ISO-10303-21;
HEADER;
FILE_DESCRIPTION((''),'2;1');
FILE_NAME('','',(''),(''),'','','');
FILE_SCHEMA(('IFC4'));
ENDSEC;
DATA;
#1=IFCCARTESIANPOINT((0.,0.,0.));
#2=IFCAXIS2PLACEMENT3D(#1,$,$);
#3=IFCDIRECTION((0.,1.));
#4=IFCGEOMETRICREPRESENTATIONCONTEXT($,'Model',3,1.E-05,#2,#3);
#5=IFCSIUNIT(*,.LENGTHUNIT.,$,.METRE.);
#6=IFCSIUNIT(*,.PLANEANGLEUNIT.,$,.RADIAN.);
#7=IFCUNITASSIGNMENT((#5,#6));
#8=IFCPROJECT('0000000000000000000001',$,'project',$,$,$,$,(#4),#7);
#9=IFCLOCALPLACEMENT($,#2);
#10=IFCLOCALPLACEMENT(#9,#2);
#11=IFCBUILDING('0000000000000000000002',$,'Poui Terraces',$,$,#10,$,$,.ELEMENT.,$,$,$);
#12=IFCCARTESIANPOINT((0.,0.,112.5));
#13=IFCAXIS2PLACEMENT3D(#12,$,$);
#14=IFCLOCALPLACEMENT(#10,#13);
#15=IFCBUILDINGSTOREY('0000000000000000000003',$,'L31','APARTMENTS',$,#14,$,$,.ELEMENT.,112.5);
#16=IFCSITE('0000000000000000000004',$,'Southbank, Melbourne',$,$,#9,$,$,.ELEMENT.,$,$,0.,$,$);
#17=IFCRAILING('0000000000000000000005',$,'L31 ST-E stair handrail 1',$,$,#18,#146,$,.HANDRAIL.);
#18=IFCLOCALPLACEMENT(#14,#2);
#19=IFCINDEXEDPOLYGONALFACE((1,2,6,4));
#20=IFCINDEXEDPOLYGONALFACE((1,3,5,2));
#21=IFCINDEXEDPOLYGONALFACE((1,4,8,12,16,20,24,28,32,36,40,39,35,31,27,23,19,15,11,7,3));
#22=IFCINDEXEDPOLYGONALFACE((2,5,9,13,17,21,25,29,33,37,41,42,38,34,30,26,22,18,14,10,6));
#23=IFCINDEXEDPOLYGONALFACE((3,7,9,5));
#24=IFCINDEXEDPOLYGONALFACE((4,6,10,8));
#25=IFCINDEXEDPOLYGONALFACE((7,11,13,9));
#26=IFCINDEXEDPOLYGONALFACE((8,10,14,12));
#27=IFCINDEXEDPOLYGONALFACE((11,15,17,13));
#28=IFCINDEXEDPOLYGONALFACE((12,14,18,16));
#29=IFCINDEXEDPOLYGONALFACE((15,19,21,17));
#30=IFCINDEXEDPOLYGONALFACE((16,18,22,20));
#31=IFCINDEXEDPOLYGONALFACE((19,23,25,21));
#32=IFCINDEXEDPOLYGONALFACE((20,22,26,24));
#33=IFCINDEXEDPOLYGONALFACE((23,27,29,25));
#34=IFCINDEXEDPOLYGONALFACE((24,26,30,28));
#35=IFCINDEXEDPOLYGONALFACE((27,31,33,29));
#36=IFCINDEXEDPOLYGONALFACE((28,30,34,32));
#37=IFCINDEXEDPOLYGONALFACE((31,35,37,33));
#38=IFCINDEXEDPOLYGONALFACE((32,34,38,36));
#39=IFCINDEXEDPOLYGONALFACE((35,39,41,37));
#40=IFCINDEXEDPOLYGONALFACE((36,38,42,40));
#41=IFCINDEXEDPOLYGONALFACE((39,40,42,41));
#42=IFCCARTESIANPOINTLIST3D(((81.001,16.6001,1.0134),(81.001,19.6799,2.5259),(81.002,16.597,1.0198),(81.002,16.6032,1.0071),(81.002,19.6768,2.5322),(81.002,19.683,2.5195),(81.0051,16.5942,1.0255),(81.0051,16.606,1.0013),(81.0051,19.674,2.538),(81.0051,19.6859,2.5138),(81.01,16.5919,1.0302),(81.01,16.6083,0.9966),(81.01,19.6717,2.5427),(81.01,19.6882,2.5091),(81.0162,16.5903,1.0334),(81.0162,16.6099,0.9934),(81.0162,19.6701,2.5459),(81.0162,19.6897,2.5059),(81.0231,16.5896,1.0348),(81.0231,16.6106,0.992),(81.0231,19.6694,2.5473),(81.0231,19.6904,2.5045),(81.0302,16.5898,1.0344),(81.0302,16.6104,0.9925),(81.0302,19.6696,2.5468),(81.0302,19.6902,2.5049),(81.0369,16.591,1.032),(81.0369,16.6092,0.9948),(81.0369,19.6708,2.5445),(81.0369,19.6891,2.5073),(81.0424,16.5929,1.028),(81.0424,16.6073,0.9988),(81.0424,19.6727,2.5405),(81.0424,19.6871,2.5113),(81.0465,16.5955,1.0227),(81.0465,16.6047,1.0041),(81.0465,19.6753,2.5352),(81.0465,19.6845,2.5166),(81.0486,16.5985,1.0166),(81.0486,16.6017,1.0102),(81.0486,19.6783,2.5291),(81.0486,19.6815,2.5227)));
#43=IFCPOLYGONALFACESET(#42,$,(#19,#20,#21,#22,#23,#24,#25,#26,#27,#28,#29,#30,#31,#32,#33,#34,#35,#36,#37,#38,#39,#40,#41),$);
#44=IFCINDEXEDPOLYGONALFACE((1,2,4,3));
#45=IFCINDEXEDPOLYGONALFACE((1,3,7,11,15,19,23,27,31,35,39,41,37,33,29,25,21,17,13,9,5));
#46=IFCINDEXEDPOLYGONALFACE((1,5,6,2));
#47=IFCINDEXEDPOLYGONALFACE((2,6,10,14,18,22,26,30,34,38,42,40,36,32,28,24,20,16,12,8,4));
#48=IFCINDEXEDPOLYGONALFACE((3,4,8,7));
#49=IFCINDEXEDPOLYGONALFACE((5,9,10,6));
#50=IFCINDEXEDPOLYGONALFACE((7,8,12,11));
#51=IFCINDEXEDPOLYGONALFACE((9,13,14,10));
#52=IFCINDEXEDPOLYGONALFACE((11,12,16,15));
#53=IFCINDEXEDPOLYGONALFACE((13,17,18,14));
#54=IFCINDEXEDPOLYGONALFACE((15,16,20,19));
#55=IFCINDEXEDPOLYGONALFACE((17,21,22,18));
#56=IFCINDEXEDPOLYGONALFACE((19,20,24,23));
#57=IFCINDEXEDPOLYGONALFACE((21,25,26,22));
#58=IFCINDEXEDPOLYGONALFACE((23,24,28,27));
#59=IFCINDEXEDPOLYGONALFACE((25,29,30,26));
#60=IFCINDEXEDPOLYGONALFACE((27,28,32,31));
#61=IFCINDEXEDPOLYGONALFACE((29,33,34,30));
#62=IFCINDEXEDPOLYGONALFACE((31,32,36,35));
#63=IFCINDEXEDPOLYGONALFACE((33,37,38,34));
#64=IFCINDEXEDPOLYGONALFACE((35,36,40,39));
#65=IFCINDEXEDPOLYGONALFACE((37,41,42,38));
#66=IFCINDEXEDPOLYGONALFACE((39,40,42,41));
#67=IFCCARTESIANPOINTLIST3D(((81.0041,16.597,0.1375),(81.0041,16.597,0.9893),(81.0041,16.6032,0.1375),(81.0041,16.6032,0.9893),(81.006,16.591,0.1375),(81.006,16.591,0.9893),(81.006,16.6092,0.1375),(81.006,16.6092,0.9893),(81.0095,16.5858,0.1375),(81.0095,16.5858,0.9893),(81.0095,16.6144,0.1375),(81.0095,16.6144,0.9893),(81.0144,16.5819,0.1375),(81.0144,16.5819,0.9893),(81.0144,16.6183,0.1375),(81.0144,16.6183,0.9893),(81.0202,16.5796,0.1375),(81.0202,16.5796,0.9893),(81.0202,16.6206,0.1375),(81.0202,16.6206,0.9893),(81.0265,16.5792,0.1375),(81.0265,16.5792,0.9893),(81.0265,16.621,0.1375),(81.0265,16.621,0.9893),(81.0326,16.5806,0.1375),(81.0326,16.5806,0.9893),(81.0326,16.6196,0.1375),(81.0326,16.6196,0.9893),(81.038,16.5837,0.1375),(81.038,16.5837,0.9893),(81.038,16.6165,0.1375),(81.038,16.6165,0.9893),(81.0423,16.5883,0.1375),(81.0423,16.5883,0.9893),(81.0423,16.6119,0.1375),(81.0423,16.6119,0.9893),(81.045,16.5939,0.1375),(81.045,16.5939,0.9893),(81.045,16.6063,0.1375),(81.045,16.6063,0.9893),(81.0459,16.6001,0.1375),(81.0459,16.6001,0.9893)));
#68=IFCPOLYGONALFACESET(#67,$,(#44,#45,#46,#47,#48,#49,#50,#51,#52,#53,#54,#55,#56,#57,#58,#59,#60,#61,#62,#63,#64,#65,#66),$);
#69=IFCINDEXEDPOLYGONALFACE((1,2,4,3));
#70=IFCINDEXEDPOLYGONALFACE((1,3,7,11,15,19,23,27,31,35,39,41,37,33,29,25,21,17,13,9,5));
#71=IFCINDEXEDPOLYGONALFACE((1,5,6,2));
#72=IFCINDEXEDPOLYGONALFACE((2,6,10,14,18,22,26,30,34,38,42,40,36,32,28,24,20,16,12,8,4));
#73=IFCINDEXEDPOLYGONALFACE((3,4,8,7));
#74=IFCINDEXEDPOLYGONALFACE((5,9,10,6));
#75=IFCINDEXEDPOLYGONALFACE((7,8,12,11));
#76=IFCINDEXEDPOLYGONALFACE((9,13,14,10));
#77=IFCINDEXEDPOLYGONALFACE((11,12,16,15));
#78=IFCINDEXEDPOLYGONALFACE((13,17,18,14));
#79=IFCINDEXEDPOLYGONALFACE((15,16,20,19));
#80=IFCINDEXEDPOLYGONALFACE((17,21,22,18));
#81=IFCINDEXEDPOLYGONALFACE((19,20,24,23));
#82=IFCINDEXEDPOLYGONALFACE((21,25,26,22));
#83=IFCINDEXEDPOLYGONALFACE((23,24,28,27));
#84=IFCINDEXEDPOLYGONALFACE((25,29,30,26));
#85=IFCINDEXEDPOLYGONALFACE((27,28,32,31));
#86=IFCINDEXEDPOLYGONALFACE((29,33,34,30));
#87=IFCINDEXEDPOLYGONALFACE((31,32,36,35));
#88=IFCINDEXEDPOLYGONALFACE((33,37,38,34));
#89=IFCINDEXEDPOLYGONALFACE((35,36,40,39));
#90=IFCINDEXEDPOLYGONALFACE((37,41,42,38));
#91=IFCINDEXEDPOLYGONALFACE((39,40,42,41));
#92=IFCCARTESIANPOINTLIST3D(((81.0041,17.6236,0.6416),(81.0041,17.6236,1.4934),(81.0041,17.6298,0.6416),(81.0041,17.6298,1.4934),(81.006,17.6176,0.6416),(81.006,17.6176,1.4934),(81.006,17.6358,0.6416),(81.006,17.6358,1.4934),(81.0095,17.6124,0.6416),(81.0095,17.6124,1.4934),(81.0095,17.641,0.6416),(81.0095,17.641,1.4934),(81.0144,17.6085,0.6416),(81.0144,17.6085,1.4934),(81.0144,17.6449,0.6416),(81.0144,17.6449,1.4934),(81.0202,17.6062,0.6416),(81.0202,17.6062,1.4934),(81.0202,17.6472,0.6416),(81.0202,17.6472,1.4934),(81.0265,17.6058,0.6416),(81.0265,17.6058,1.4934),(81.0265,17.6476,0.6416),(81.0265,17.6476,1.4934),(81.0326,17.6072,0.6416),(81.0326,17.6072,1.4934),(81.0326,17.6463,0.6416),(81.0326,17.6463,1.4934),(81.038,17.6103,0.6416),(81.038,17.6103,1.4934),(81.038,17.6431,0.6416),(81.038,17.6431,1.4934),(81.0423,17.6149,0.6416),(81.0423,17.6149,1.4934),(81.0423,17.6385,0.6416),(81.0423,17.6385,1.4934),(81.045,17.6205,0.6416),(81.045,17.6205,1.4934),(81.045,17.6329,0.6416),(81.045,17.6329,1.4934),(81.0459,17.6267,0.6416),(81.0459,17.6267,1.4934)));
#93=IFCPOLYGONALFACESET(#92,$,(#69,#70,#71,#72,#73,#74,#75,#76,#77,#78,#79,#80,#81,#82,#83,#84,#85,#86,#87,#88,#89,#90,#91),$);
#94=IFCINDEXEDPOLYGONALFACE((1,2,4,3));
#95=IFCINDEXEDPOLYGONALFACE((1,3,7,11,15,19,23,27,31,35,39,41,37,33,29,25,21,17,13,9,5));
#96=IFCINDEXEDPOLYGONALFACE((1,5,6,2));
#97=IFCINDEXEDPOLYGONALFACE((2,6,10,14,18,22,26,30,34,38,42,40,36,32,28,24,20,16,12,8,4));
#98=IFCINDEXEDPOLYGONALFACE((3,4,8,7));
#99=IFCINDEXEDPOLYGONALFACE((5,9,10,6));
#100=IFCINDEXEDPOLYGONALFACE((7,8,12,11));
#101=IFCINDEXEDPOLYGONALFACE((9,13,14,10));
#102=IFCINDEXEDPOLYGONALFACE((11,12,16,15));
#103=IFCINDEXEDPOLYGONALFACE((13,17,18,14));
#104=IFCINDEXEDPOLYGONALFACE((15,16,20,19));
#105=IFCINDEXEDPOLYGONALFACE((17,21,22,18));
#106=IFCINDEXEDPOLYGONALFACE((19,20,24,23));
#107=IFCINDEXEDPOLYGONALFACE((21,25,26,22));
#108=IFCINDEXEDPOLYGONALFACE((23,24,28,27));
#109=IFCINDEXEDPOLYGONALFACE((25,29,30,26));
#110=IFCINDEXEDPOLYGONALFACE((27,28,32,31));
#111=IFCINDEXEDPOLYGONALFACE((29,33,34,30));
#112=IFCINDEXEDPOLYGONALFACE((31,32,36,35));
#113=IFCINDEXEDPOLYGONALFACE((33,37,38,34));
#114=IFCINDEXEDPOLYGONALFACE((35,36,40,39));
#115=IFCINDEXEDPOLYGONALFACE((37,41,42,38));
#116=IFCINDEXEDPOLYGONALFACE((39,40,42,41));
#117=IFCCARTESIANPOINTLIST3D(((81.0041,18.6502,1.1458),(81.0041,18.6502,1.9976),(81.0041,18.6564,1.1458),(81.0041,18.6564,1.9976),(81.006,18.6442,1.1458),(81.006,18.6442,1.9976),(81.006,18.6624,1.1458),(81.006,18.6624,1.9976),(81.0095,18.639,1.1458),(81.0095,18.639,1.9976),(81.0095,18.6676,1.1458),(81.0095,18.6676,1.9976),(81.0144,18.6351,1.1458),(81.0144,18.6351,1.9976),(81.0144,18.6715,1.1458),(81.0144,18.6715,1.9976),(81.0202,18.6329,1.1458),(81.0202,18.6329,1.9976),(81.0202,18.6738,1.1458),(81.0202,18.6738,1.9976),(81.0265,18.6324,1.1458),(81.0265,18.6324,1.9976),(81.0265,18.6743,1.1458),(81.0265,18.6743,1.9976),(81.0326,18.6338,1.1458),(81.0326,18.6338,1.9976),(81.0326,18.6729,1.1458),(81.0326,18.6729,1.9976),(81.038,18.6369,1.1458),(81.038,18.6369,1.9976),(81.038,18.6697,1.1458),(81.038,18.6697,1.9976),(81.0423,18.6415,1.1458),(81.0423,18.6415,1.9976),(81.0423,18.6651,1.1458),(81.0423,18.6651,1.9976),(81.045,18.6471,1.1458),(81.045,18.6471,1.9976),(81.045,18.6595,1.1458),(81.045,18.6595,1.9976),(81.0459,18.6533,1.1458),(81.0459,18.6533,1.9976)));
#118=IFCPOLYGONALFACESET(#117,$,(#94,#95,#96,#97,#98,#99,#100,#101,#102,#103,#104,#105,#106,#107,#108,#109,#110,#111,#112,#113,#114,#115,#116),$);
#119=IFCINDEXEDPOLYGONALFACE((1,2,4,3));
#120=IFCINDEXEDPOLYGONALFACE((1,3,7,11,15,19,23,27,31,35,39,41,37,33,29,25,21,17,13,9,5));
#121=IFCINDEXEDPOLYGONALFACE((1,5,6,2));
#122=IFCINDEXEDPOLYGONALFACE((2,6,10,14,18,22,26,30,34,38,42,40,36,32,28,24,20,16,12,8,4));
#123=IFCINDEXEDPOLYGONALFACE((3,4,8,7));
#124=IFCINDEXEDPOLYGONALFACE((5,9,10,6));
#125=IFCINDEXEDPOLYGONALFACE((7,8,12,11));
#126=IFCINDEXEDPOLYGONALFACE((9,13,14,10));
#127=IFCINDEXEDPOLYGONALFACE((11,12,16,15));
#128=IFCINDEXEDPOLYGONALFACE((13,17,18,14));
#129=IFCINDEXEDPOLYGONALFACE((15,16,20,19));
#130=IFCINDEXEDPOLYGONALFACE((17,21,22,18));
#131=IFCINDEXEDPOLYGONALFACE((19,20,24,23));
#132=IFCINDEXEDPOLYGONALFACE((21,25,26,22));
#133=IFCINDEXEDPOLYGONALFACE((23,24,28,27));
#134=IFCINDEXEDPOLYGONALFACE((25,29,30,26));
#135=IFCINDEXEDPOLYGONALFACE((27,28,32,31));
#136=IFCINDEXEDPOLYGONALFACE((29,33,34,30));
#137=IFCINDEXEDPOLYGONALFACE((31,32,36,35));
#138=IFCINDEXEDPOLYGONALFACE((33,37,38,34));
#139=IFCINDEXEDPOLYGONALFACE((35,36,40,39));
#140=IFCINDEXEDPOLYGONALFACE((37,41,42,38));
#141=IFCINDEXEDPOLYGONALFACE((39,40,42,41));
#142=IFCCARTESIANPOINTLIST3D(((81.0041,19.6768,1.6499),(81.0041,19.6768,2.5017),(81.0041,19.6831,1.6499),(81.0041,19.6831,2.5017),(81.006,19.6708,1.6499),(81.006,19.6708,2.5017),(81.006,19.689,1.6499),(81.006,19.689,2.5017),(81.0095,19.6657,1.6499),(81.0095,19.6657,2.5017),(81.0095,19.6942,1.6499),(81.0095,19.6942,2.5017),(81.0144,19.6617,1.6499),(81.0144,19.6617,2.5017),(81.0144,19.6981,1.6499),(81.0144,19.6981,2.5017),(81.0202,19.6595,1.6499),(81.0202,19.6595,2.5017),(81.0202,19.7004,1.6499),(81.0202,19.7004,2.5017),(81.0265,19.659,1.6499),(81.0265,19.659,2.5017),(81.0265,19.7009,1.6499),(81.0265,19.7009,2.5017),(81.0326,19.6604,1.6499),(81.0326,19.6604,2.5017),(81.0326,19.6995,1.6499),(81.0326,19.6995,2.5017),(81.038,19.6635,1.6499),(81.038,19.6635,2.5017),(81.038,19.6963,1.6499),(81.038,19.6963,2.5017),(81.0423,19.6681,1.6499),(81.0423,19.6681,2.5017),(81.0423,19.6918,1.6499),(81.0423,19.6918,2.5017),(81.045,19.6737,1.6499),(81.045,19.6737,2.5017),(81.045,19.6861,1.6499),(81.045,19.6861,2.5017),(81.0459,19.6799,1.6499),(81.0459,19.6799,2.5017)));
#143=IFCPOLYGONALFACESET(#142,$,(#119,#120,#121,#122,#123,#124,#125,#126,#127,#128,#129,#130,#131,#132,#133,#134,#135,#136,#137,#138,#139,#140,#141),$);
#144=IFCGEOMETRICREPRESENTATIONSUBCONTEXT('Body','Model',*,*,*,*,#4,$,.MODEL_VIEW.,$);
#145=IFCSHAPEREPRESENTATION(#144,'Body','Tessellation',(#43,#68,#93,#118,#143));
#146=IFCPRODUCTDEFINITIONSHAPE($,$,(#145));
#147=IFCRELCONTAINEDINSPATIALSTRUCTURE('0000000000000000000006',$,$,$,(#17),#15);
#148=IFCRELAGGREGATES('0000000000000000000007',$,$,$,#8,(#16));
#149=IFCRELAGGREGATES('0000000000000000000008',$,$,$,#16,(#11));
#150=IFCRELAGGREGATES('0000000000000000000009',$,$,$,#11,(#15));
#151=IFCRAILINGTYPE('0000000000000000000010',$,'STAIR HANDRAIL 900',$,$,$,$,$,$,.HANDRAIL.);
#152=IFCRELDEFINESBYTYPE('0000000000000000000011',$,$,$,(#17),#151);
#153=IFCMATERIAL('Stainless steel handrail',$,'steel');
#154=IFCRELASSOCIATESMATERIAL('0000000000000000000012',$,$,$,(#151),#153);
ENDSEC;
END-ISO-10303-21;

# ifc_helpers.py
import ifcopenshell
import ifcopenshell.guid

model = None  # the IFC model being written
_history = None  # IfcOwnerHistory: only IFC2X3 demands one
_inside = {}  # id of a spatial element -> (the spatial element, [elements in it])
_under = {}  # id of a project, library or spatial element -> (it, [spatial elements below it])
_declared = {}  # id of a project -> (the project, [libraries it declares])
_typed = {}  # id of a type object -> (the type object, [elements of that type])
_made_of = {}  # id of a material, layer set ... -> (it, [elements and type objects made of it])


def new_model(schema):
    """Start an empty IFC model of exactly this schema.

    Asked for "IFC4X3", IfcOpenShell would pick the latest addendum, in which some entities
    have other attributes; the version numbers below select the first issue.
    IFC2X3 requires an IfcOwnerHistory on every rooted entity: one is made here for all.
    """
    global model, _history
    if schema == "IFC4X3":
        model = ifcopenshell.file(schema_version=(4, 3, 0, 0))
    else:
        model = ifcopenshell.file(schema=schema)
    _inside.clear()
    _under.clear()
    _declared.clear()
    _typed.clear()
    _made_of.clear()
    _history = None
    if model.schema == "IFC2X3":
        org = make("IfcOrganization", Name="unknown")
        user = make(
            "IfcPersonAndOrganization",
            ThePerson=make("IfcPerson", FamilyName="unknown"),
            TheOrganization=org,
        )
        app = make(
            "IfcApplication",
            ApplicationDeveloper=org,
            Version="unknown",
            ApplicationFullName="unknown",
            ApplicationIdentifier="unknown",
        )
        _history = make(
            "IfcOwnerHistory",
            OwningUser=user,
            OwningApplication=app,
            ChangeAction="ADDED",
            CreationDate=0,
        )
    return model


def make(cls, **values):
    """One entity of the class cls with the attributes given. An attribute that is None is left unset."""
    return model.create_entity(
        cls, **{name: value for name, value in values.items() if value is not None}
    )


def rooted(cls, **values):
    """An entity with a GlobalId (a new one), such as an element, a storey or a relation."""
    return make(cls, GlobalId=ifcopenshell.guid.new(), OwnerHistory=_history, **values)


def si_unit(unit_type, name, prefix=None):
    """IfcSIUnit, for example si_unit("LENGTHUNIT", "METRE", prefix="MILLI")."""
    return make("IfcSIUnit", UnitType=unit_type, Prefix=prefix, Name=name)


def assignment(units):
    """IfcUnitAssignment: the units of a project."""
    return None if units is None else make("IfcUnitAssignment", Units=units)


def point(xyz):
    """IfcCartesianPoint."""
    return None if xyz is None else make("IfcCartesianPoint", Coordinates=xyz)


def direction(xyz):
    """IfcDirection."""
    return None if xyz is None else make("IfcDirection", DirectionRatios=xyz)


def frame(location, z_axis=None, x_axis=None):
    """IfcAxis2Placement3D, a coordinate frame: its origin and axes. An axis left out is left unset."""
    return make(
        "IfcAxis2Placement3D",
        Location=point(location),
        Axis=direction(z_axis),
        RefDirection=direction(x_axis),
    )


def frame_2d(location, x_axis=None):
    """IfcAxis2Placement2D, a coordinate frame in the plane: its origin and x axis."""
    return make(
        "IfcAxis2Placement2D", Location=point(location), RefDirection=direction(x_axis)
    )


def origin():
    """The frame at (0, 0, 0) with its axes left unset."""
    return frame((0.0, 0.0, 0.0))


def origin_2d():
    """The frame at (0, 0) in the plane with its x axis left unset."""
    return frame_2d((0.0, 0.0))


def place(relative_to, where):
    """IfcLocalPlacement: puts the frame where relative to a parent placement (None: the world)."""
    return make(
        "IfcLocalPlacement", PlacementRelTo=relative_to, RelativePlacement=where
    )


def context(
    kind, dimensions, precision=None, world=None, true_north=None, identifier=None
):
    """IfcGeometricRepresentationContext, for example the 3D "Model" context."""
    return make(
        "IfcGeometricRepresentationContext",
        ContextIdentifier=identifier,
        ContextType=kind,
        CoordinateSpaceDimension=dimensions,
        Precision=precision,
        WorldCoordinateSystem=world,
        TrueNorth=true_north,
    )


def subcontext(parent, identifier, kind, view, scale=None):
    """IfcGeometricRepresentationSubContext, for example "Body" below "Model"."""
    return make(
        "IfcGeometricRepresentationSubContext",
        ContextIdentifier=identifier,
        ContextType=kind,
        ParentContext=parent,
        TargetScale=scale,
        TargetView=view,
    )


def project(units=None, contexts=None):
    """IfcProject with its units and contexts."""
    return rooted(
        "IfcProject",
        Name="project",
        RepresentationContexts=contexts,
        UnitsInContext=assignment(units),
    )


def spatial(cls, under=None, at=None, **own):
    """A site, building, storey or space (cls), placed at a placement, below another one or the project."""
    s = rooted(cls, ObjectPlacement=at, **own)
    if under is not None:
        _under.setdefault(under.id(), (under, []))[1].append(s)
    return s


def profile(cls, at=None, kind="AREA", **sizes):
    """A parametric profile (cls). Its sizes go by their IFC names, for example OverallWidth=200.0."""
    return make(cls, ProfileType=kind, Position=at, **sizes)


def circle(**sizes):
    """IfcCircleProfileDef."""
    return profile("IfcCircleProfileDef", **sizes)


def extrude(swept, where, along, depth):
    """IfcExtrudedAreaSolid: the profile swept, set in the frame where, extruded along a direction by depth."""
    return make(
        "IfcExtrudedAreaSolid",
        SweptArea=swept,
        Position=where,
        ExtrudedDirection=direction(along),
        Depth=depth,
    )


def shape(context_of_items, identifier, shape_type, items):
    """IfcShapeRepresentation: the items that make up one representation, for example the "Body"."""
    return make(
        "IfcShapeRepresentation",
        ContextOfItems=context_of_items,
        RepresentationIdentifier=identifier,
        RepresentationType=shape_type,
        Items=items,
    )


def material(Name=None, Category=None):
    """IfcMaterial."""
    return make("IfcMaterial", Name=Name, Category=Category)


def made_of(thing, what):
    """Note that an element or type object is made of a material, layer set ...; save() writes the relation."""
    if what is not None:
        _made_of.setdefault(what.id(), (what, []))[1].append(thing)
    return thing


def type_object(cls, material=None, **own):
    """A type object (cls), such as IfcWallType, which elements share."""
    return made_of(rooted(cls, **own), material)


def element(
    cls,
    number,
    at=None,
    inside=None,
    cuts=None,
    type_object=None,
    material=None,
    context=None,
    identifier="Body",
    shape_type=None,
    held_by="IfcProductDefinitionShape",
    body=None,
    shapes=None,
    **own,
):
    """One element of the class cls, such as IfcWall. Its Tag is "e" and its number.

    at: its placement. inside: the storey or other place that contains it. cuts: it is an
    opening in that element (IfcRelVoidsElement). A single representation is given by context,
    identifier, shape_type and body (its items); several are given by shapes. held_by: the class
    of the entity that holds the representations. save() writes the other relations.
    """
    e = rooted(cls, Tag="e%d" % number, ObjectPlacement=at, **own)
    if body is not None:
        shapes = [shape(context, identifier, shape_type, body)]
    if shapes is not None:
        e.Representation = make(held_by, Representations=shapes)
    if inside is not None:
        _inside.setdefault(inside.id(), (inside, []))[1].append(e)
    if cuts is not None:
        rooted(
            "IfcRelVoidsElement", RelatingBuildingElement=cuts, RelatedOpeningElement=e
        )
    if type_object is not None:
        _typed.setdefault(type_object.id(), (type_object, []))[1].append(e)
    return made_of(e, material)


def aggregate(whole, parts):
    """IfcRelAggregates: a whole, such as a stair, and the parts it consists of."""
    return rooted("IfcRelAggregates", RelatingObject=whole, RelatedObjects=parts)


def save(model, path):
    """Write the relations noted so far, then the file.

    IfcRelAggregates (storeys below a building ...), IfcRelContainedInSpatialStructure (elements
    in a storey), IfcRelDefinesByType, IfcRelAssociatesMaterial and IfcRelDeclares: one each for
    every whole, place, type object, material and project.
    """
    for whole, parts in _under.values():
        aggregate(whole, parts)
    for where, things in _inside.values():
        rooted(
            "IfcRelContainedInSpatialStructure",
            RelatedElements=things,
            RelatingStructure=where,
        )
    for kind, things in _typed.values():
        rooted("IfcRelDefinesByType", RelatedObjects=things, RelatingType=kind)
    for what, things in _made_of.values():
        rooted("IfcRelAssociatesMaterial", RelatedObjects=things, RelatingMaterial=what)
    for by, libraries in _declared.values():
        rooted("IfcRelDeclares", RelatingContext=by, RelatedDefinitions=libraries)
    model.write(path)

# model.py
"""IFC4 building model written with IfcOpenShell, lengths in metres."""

from ifc_helpers import new_model, si_unit, direction, frame, origin, origin_2d, place, context, subcontext, project, spatial, circle, extrude, material, type_object, element, save


model = new_model("IFC4")

# Units and contexts
model_context = context("Model", 3, precision=1e-05, world=origin(), true_north=direction((0.0, 1.0)))
body_context = subcontext(model_context, "Body", "Model", "MODEL_VIEW")
ifc_project = project(units=[si_unit("LENGTHUNIT", "METRE"), si_unit("PLANEANGLEUNIT", "RADIAN")], contexts=[model_context])

# Site, building, storey
site_placement = place(None, origin())
site = spatial("IfcSite", under=ifc_project, at=site_placement, Name="Southbank, Melbourne", CompositionType="ELEMENT", RefElevation=0.0)
building_placement = place(site_placement, origin())
building = spatial("IfcBuilding", under=site, at=building_placement, Name="Poui Terraces", CompositionType="ELEMENT")
storey_placement = place(building_placement, frame((0.0, 0.0, 112.5)))
storey = spatial("IfcBuildingStorey", under=building, at=storey_placement, Name="L31", Description="APARTMENTS", CompositionType="ELEMENT", Elevation=112.5)

# Railing
ifc_material_1 = material(Name="Stainless steel handrail", Category="steel")
railing_type_1 = type_object("IfcRailingType", Name="STAIR HANDRAIL 900", PredefinedType="HANDRAIL", material=ifc_material_1)
railing_1_placement = place(storey_placement, frame((81.0249, 16.6001, 0.1375)))
element("IfcRailing", 1, at=railing_1_placement, inside=storey, type_object=railing_type_1, Name="L31 ST-E stair handrail 1", PredefinedType="HANDRAIL", context=body_context, shape_type="SweptSolid", body=[
    extrude(circle(Radius=0.0239, at=origin_2d()), frame((0.0, 0.0, 0.876), z_axis=(0.0, 0.897606, 0.440798), x_axis=(-1.0, 0.0, 0.0)), (0.0, 0.0, 1.0), 3.4312),
    extrude(circle(Radius=0.021, at=origin_2d()), origin(), (0.0, 0.0, 1.0), 0.8518),
    extrude(circle(Radius=0.021, at=origin_2d()), frame((0.0, 1.0266, 0.5042)), (0.0, 0.0, 1.0), 0.8518),
    extrude(circle(Radius=0.021, at=origin_2d()), frame((0.0, 2.0532, 1.0083)), (0.0, 0.0, 1.0), 0.8518),
    extrude(circle(Radius=0.021, at=origin_2d()), frame((0.0, 3.0798, 1.5125)), (0.0, 0.0, 1.0), 0.8518),
])

save(model, "model.ifc")
